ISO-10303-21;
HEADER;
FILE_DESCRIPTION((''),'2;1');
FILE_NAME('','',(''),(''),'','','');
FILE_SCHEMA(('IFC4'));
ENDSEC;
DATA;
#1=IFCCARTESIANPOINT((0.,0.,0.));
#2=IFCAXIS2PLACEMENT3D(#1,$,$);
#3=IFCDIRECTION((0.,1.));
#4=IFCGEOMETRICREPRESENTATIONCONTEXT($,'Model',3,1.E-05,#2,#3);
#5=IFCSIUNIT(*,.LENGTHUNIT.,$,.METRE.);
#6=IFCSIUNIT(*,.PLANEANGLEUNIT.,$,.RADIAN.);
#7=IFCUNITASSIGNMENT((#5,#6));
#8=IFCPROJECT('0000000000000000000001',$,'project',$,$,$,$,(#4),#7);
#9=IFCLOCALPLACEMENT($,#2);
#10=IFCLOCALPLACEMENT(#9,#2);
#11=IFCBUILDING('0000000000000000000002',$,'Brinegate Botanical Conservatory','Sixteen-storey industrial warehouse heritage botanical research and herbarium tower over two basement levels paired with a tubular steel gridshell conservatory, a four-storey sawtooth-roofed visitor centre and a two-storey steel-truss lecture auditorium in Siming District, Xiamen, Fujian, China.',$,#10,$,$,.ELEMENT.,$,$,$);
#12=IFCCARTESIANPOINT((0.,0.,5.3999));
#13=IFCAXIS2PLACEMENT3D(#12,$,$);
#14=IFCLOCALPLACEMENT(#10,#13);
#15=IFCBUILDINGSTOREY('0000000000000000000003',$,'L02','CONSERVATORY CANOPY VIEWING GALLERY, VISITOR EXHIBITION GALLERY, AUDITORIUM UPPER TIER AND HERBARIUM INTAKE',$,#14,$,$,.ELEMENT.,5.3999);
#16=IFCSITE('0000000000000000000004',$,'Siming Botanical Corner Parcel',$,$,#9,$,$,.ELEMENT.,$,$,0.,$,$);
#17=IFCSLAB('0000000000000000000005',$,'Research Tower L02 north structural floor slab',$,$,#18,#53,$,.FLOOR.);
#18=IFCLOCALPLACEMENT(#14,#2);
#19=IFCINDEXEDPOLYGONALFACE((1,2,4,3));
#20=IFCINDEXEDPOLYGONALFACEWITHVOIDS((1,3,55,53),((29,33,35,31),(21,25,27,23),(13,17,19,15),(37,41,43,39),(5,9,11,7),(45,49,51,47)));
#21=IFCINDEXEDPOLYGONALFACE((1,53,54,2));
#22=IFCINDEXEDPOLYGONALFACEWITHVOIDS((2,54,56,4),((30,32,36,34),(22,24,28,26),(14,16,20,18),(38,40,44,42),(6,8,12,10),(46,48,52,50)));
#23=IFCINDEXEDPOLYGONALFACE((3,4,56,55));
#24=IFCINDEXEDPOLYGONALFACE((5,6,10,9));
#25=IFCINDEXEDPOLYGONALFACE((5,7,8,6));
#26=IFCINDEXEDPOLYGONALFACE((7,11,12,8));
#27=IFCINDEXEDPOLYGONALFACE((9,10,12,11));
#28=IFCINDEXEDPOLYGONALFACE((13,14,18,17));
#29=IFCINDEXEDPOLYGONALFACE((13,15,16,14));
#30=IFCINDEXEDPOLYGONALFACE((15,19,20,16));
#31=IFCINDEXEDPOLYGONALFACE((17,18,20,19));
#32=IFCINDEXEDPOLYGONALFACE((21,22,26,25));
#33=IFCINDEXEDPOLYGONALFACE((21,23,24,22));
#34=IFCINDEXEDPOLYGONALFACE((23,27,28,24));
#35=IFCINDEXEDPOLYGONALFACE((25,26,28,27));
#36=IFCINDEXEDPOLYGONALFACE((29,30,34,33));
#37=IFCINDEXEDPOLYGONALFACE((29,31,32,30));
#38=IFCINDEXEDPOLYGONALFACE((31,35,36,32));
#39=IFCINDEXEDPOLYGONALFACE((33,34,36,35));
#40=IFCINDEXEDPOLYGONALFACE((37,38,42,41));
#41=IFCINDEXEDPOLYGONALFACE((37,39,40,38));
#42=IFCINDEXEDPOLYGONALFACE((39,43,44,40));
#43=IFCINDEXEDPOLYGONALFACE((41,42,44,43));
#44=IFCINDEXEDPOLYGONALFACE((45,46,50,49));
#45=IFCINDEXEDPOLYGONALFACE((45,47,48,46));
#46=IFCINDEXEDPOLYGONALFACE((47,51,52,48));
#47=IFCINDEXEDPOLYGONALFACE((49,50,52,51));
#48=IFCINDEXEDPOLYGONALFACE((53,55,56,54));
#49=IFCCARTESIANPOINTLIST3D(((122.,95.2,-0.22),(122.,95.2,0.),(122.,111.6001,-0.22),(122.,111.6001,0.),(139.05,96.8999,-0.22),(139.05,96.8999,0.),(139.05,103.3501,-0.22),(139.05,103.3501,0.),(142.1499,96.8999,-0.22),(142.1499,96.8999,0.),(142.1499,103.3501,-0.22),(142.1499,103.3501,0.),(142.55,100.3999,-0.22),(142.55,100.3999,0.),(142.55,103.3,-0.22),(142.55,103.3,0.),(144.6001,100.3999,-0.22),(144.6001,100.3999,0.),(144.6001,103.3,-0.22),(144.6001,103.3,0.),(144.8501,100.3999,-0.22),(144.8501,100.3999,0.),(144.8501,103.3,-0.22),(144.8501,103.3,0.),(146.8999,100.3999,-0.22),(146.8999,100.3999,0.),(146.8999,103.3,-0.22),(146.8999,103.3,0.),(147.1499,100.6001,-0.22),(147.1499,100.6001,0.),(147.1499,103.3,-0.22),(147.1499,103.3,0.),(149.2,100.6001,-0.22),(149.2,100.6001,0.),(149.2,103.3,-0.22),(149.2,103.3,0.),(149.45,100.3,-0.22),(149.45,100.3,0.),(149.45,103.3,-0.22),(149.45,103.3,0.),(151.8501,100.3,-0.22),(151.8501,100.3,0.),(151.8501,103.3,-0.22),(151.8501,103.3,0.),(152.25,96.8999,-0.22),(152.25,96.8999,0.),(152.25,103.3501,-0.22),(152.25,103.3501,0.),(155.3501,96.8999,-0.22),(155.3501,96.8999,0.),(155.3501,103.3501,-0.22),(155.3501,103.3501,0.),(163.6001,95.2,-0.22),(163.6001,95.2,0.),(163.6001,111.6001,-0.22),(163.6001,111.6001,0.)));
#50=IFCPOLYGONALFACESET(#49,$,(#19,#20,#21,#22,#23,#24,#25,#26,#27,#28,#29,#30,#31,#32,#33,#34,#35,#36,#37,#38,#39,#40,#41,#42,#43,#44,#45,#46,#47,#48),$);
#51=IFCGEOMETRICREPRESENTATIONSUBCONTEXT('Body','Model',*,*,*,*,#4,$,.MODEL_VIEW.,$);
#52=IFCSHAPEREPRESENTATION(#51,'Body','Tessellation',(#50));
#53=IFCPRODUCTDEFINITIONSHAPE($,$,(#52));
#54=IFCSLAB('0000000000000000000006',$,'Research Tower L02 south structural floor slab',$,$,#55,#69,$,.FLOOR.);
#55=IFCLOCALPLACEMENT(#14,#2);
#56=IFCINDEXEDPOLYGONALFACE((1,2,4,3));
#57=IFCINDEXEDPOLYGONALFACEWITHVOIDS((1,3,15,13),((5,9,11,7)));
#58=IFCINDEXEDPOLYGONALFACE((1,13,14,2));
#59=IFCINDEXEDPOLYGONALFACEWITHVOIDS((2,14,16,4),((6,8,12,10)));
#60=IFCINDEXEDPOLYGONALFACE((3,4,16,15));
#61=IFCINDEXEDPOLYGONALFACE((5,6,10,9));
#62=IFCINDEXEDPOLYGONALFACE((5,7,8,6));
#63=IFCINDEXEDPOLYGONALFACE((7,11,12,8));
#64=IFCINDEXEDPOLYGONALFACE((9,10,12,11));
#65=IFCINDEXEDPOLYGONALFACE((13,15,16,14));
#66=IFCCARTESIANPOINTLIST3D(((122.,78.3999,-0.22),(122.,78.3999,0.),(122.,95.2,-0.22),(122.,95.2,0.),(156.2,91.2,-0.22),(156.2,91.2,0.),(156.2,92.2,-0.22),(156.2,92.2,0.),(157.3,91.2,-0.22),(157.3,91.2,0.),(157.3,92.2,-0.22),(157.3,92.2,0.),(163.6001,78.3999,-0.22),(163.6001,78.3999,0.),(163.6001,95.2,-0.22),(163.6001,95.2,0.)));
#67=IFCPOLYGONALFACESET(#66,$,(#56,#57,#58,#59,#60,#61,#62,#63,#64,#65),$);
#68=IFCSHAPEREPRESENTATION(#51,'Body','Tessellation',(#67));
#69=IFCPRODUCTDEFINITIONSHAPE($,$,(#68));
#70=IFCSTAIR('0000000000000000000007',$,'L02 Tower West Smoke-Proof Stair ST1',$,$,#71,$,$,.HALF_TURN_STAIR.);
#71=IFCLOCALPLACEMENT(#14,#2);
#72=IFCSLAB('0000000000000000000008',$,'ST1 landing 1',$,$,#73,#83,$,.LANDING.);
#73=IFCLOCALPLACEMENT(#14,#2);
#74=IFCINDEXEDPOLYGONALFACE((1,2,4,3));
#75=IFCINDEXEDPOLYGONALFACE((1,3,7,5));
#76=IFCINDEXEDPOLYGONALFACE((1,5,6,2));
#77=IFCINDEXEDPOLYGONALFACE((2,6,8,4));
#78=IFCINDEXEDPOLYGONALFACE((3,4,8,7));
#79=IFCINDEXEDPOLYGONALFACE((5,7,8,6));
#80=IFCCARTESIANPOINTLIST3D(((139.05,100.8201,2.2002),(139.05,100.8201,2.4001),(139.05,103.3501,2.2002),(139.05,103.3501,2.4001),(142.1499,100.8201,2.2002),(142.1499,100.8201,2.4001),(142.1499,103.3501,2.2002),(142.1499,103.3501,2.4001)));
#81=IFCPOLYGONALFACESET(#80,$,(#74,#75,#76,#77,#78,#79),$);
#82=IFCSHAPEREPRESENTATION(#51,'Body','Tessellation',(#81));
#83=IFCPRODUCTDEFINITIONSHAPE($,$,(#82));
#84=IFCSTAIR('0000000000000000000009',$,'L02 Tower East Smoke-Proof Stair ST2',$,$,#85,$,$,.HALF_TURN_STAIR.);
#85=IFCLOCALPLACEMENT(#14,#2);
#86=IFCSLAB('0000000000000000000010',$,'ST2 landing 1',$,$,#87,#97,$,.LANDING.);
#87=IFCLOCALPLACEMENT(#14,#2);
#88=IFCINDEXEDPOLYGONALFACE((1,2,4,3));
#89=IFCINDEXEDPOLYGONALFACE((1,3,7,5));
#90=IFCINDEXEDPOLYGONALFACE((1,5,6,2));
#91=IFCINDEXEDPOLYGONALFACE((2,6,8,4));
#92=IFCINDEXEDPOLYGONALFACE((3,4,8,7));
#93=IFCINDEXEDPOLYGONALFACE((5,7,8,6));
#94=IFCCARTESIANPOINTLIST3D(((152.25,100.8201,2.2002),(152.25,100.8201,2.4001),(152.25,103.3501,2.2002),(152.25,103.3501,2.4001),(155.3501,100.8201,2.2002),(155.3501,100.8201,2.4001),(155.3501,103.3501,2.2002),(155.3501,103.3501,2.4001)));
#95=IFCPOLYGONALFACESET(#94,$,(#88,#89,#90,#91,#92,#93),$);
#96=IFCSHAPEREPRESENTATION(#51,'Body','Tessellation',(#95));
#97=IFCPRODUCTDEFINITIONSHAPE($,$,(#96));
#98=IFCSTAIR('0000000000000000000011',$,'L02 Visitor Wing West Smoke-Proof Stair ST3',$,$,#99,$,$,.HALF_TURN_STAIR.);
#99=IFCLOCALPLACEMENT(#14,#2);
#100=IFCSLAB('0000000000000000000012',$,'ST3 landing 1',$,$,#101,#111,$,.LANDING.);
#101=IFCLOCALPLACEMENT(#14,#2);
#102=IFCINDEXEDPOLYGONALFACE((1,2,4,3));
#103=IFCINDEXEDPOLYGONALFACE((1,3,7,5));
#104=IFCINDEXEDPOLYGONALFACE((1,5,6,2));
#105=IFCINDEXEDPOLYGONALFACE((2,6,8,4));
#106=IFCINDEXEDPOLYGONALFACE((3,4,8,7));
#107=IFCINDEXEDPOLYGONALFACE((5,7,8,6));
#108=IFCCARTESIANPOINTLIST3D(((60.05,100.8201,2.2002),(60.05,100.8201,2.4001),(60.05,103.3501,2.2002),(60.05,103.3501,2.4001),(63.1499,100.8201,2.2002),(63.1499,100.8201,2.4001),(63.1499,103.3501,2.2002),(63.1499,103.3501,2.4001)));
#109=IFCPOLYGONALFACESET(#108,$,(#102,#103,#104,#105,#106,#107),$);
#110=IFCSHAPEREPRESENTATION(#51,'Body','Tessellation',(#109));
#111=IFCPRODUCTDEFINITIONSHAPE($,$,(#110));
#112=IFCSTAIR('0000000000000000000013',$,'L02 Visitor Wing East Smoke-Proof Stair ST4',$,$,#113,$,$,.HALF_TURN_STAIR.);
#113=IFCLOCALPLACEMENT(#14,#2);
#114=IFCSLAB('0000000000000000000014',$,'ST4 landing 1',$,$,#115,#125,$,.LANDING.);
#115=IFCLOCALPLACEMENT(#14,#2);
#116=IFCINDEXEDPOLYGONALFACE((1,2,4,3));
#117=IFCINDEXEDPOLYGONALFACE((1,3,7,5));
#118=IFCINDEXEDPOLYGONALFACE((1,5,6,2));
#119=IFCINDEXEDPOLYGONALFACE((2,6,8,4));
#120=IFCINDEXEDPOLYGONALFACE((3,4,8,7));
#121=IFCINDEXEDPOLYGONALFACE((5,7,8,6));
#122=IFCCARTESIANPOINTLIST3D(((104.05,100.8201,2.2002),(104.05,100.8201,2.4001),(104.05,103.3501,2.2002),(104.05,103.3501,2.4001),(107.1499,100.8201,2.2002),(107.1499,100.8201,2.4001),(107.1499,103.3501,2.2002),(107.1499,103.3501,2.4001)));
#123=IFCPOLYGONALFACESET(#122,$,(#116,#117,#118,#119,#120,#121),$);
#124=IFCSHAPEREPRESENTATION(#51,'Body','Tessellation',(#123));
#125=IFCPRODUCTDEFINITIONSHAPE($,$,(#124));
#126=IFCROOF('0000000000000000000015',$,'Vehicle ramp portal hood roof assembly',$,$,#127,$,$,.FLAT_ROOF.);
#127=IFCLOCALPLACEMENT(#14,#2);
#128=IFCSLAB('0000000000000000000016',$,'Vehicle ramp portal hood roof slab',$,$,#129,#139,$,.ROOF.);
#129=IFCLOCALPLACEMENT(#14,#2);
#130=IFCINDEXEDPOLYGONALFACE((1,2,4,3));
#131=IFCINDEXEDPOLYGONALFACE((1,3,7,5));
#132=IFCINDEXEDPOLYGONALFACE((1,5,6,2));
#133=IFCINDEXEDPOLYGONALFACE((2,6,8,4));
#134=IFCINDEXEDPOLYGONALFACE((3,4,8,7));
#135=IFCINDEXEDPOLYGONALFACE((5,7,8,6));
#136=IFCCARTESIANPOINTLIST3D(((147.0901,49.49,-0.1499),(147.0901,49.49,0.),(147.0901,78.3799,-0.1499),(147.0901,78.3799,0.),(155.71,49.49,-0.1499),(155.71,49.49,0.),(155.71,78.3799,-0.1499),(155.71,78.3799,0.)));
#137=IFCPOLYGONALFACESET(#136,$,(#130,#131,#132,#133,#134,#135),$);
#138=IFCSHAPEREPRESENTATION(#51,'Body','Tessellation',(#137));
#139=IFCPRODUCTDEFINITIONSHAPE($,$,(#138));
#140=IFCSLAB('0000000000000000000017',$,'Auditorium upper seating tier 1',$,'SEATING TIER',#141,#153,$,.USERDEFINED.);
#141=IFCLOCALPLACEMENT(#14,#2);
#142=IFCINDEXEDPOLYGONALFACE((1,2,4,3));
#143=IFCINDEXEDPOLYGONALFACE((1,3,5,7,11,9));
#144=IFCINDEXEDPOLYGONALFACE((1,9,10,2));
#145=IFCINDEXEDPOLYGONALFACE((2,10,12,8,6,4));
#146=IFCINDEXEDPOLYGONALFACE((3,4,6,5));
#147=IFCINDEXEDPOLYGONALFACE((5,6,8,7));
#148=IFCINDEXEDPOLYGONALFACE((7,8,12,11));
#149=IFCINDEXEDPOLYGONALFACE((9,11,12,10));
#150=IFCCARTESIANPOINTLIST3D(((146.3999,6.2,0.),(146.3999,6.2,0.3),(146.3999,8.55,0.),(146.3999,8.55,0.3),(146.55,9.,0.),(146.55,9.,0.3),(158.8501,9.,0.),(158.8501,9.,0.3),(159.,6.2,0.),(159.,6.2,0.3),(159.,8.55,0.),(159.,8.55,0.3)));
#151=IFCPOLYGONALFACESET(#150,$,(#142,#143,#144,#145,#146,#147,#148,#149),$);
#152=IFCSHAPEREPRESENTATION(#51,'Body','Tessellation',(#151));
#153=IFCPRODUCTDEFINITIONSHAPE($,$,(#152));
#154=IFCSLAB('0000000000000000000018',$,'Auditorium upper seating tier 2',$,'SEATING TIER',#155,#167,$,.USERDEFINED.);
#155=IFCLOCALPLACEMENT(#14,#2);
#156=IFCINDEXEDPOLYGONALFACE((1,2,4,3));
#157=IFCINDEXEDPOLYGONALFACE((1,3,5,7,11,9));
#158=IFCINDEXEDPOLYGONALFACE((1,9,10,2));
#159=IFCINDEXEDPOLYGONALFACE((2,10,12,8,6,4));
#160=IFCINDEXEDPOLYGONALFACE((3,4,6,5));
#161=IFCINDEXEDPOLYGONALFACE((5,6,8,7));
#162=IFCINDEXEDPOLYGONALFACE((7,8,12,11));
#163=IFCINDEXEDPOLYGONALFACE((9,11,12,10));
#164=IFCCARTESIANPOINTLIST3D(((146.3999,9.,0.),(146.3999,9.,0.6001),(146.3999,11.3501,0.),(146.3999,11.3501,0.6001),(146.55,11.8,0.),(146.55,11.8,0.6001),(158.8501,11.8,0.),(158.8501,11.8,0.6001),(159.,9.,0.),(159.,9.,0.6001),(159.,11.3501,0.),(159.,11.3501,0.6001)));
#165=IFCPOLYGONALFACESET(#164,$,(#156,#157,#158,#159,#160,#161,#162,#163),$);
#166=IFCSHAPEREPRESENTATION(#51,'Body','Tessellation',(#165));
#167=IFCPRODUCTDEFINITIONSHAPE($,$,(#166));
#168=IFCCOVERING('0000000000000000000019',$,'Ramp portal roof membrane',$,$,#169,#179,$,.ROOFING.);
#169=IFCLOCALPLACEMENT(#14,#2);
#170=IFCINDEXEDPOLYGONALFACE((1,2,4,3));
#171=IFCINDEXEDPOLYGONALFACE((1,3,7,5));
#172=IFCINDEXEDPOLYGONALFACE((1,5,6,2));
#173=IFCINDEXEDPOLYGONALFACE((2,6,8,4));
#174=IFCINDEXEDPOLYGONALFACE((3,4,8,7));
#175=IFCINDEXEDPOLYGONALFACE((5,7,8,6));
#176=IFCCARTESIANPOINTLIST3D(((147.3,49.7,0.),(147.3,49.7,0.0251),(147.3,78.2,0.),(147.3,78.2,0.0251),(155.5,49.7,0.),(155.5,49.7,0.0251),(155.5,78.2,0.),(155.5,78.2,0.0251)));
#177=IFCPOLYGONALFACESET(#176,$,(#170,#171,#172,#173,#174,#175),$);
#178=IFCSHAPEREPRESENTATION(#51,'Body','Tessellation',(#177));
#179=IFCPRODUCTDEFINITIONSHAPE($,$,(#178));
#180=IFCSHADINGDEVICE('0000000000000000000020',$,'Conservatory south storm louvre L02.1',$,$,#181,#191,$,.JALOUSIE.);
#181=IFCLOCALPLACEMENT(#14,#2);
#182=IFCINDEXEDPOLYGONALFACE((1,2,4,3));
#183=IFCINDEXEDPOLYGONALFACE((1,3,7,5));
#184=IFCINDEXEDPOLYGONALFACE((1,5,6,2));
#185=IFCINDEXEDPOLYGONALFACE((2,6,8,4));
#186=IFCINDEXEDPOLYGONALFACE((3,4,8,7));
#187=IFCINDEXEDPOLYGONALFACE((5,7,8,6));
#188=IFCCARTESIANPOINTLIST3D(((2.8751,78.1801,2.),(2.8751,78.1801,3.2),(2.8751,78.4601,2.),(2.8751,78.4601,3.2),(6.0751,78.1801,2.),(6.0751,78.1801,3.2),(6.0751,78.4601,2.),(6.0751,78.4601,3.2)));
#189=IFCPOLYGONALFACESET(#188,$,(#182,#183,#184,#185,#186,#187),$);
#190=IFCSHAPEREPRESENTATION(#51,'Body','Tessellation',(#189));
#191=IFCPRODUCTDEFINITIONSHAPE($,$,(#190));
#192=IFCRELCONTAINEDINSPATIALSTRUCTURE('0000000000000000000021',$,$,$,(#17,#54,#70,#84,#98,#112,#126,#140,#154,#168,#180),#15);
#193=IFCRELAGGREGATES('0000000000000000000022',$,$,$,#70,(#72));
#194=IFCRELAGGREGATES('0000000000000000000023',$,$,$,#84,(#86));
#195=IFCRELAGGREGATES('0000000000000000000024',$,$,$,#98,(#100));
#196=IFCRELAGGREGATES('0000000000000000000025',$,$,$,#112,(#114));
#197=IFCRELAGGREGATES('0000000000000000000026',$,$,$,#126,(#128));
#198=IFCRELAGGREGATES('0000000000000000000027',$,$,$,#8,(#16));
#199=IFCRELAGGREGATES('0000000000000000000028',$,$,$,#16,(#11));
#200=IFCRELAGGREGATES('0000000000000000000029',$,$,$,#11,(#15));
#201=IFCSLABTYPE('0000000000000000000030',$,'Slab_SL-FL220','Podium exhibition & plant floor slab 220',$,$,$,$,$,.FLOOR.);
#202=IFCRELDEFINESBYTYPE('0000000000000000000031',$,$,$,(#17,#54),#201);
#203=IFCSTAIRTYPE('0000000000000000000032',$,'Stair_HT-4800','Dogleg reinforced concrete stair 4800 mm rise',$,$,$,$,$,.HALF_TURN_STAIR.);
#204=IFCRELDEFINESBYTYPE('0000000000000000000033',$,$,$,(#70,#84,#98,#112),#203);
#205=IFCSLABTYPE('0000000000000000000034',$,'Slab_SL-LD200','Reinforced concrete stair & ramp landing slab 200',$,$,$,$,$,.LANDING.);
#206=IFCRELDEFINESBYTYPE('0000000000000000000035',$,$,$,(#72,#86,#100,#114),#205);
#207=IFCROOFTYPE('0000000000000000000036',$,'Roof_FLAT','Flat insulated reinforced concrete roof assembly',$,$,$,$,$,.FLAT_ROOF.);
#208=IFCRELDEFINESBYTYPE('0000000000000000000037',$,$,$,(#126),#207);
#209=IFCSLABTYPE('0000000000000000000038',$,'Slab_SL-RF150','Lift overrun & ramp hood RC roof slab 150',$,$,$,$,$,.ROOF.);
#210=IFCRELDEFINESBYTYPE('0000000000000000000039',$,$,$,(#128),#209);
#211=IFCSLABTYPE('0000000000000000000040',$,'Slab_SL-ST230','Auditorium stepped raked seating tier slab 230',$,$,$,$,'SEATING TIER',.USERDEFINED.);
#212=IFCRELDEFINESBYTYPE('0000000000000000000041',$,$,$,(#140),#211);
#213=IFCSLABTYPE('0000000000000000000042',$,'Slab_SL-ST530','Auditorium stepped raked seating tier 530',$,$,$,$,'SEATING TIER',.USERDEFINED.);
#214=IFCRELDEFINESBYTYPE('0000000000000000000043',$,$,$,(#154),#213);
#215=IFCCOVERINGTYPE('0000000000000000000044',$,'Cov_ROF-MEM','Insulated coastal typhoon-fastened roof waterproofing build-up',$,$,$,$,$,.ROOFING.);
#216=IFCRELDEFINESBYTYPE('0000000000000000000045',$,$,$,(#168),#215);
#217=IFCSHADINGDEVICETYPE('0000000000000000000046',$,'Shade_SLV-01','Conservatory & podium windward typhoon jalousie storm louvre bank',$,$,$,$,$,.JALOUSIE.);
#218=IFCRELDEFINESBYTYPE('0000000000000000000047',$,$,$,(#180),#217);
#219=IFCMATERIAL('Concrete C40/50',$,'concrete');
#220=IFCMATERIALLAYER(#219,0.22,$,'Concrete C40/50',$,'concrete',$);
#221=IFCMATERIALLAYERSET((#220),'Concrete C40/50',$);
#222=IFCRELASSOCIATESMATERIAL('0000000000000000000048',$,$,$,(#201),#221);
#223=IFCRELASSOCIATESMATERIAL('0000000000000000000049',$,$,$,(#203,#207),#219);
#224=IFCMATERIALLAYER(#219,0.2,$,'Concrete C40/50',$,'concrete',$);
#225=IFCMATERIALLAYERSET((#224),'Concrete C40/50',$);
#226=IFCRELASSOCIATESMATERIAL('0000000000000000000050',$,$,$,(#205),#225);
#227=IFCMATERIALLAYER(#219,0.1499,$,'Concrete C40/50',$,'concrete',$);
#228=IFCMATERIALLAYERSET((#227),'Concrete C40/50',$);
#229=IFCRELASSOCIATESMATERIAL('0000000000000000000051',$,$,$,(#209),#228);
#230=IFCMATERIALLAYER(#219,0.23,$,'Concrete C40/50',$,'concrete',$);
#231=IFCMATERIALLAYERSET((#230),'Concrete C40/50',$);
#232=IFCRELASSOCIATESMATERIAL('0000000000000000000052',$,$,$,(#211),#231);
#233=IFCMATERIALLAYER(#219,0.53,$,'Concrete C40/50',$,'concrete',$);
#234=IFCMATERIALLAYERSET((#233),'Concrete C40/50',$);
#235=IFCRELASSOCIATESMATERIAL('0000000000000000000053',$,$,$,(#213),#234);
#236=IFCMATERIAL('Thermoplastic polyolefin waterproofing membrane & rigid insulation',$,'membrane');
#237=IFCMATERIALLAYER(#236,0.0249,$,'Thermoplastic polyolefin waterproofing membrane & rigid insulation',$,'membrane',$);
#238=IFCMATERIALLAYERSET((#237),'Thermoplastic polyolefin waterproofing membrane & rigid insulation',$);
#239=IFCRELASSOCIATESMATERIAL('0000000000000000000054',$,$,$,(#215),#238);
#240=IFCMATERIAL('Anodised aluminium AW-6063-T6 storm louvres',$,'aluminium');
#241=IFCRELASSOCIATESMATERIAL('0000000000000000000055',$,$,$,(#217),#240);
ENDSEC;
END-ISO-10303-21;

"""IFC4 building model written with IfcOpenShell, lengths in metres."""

from ifc_helpers import new_model, si_unit, direction, frame, origin, origin_2d, place, context, subcontext, project, spatial, polyline, rectangle, outline, extrude, material, layer, layer_set, type_object, element, aggregate, save


model = new_model("IFC4")

# Units and contexts
model_context = context("Model", 3, precision=1e-05, world=origin(), true_north=direction((0.0, 1.0)))
body_context = subcontext(model_context, "Body", "Model", "MODEL_VIEW")
ifc_project = project(units=[si_unit("LENGTHUNIT", "METRE"), si_unit("PLANEANGLEUNIT", "RADIAN")], contexts=[model_context])

# Site, building, storey
site_placement = place(None, origin())
site = spatial("IfcSite", under=ifc_project, at=site_placement, Name="Siming Botanical Corner Parcel", CompositionType="ELEMENT", RefElevation=0.0)
building_placement = place(site_placement, origin())
building = spatial("IfcBuilding", under=site, at=building_placement, Name="Brinegate Botanical Conservatory", Description="Sixteen-storey industrial warehouse heritage botanical research and herbarium tower over two basement levels paired with a tubular steel gridshell conservatory, a four-storey sawtooth-roofed visitor centre and a two-storey steel-truss lecture auditorium in Siming District, Xiamen, Fujian, China.", CompositionType="ELEMENT")
storey_placement = place(building_placement, frame((0.0, 0.0, 5.3999)))
storey = spatial("IfcBuildingStorey", under=building, at=storey_placement, Name="L02", Description="CONSERVATORY CANOPY VIEWING GALLERY, VISITOR EXHIBITION GALLERY, AUDITORIUM UPPER TIER AND HERBARIUM INTAKE", CompositionType="ELEMENT", Elevation=5.3999)

# Shared definitions
ifc_material_1 = material(Name="Concrete C40/50", Category="concrete")

# Slabs
ifc_layer_1 = layer(ifc_material_1, 0.22, Name="Concrete C40/50", Category="concrete")
ifc_layer_set_1 = layer_set([ifc_layer_1], Name="Concrete C40/50")
slab_type_1 = type_object("IfcSlabType", Name="Slab_SL-FL220", Description="Podium exhibition & plant floor slab 220", PredefinedType="FLOOR", material=ifc_layer_set_1)
slab_1_placement = place(storey_placement, frame((0.0, 0.0, -0.22)))
element("IfcSlab", 1, at=slab_1_placement, inside=storey, type_object=slab_type_1, Name="Research Tower L02 north structural floor slab", PredefinedType="FLOOR", context=body_context, shape_type="SweptSolid", body=[
    extrude(outline(polyline([(122.0, 111.6001), (163.6001, 111.6001), (163.6001, 95.2), (122.0, 95.2), (122.0, 111.6001)]), holes=[polyline([(142.1499, 96.8999), (142.1499, 103.3501), (139.05, 103.3501), (139.05, 96.8999), (142.1499, 96.8999)]), polyline([(155.3501, 96.8999), (155.3501, 103.3501), (152.25, 103.3501), (152.25, 96.8999), (155.3501, 96.8999)]), polyline([(142.55, 100.3999), (144.6001, 100.3999), (144.6001, 103.3), (142.55, 103.3), (142.55, 100.3999)]), polyline([(144.8501, 100.3999), (146.8999, 100.3999), (146.8999, 103.3), (144.8501, 103.3), (144.8501, 100.3999)]), polyline([(147.1499, 100.6001), (149.2, 100.6001), (149.2, 103.3), (147.1499, 103.3), (147.1499, 100.6001)]), polyline([(149.45, 100.3), (151.8501, 100.3), (151.8501, 103.3), (149.45, 103.3), (149.45, 100.3)])]), origin(), (0.0, 0.0, 1.0), 0.22),
])
slab_2_placement = place(storey_placement, frame((0.0, 0.0, -0.22)))
element("IfcSlab", 2, at=slab_2_placement, inside=storey, type_object=slab_type_1, Name="Research Tower L02 south structural floor slab", PredefinedType="FLOOR", context=body_context, shape_type="SweptSolid", body=[
    extrude(outline(polyline([(163.6001, 78.3999), (122.0, 78.3999), (122.0, 95.2), (163.6001, 95.2), (163.6001, 78.3999)]), holes=[polyline([(156.2, 91.2), (157.3, 91.2), (157.3, 92.2), (156.2, 92.2), (156.2, 91.2)])]), origin(), (0.0, 0.0, 1.0), 0.22),
])

# Stairs, slabs
stair_type = type_object("IfcStairType", Name="Stair_HT-4800", Description="Dogleg reinforced concrete stair 4800 mm rise", PredefinedType="HALF_TURN_STAIR", material=ifc_material_1)
stair_1_placement = place(storey_placement, origin())
stair_1 = element("IfcStair", 3, at=stair_1_placement, inside=storey, type_object=stair_type, Name="L02 Tower West Smoke-Proof Stair ST1", PredefinedType="HALF_TURN_STAIR")
ifc_layer_2 = layer(ifc_material_1, 0.2, Name="Concrete C40/50", Category="concrete")
ifc_layer_set_2 = layer_set([ifc_layer_2], Name="Concrete C40/50")
slab_type_2 = type_object("IfcSlabType", Name="Slab_SL-LD200", Description="Reinforced concrete stair & ramp landing slab 200", PredefinedType="LANDING", material=ifc_layer_set_2)
slab_3_placement = place(storey_placement, frame((0.0, 0.0, 2.2002)))
slab_3 = element("IfcSlab", 4, at=slab_3_placement, type_object=slab_type_2, Name="ST1 landing 1", PredefinedType="LANDING", context=body_context, shape_type="SweptSolid", body=[
    extrude(outline(polyline([(142.1499, 100.8201), (142.1499, 103.3501), (139.05, 103.3501), (139.05, 100.8201), (142.1499, 100.8201)])), origin(), (0.0, 0.0, 1.0), 0.2),
])
aggregate(stair_1, [slab_3])
stair_2_placement = place(storey_placement, origin())
stair_2 = element("IfcStair", 5, at=stair_2_placement, inside=storey, type_object=stair_type, Name="L02 Tower East Smoke-Proof Stair ST2", PredefinedType="HALF_TURN_STAIR")
slab_4_placement = place(storey_placement, frame((0.0, 0.0, 2.2002)))
slab_4 = element("IfcSlab", 6, at=slab_4_placement, type_object=slab_type_2, Name="ST2 landing 1", PredefinedType="LANDING", context=body_context, shape_type="SweptSolid", body=[
    extrude(outline(polyline([(155.3501, 100.8201), (155.3501, 103.3501), (152.25, 103.3501), (152.25, 100.8201), (155.3501, 100.8201)])), origin(), (0.0, 0.0, 1.0), 0.2),
])
aggregate(stair_2, [slab_4])
stair_3_placement = place(storey_placement, origin())
stair_3 = element("IfcStair", 7, at=stair_3_placement, inside=storey, type_object=stair_type, Name="L02 Visitor Wing West Smoke-Proof Stair ST3", PredefinedType="HALF_TURN_STAIR")
slab_5_placement = place(storey_placement, frame((0.0, 0.0, 2.2002)))
slab_5 = element("IfcSlab", 8, at=slab_5_placement, type_object=slab_type_2, Name="ST3 landing 1", PredefinedType="LANDING", context=body_context, shape_type="SweptSolid", body=[
    extrude(outline(polyline([(63.1499, 100.8201), (63.1499, 103.3501), (60.05, 103.3501), (60.05, 100.8201), (63.1499, 100.8201)])), origin(), (0.0, 0.0, 1.0), 0.2),
])
aggregate(stair_3, [slab_5])
stair_4_placement = place(storey_placement, origin())
stair_4 = element("IfcStair", 9, at=stair_4_placement, inside=storey, type_object=stair_type, Name="L02 Visitor Wing East Smoke-Proof Stair ST4", PredefinedType="HALF_TURN_STAIR")
slab_6_placement = place(storey_placement, frame((0.0, 0.0, 2.2002)))
slab_6 = element("IfcSlab", 10, at=slab_6_placement, type_object=slab_type_2, Name="ST4 landing 1", PredefinedType="LANDING", context=body_context, shape_type="SweptSolid", body=[
    extrude(outline(polyline([(107.1499, 100.8201), (107.1499, 103.3501), (104.05, 103.3501), (104.05, 100.8201), (107.1499, 100.8201)])), origin(), (0.0, 0.0, 1.0), 0.2),
])
aggregate(stair_4, [slab_6])

# Roof, slab
roof_type = type_object("IfcRoofType", Name="Roof_FLAT", Description="Flat insulated reinforced concrete roof assembly", PredefinedType="FLAT_ROOF", material=ifc_material_1)
roof_placement = place(storey_placement, origin())
roof = element("IfcRoof", 11, at=roof_placement, inside=storey, type_object=roof_type, Name="Vehicle ramp portal hood roof assembly", PredefinedType="FLAT_ROOF")
ifc_layer_3 = layer(ifc_material_1, 0.1499, Name="Concrete C40/50", Category="concrete")
ifc_layer_set_3 = layer_set([ifc_layer_3], Name="Concrete C40/50")
slab_type_3 = type_object("IfcSlabType", Name="Slab_SL-RF150", Description="Lift overrun & ramp hood RC roof slab 150", PredefinedType="ROOF", material=ifc_layer_set_3)
slab_7_placement = place(storey_placement, frame((0.0, 0.0, -0.1499)))
slab_7 = element("IfcSlab", 12, at=slab_7_placement, type_object=slab_type_3, Name="Vehicle ramp portal hood roof slab", PredefinedType="ROOF", context=body_context, shape_type="SweptSolid", body=[
    extrude(outline(polyline([(147.0901, 49.49), (155.71, 49.49), (155.71, 78.3799), (147.0901, 78.3799), (147.0901, 49.49)])), origin(), (0.0, 0.0, 1.0), 0.1499),
])
aggregate(roof, [slab_7])

# Slabs
ifc_layer_4 = layer(ifc_material_1, 0.23, Name="Concrete C40/50", Category="concrete")
ifc_layer_set_4 = layer_set([ifc_layer_4], Name="Concrete C40/50")
slab_type_4 = type_object("IfcSlabType", Name="Slab_SL-ST230", Description="Auditorium stepped raked seating tier slab 230", ElementType="SEATING TIER", PredefinedType="USERDEFINED", material=ifc_layer_set_4)
slab_8_placement = place(storey_placement, origin())
element("IfcSlab", 13, at=slab_8_placement, inside=storey, type_object=slab_type_4, Name="Auditorium upper seating tier 1", ObjectType="SEATING TIER", PredefinedType="USERDEFINED", context=body_context, shape_type="SweptSolid", body=[
    extrude(outline(polyline([(146.3999, 6.2), (159.0, 6.2), (159.0, 8.55), (158.8501, 9.0), (146.55, 9.0), (146.3999, 8.55), (146.3999, 6.2)])), origin(), (0.0, 0.0, 1.0), 0.3),
])
ifc_layer_5 = layer(ifc_material_1, 0.53, Name="Concrete C40/50", Category="concrete")
ifc_layer_set_5 = layer_set([ifc_layer_5], Name="Concrete C40/50")
slab_type_5 = type_object("IfcSlabType", Name="Slab_SL-ST530", Description="Auditorium stepped raked seating tier 530", ElementType="SEATING TIER", PredefinedType="USERDEFINED", material=ifc_layer_set_5)
slab_9_placement = place(storey_placement, origin())
element("IfcSlab", 14, at=slab_9_placement, inside=storey, type_object=slab_type_5, Name="Auditorium upper seating tier 2", ObjectType="SEATING TIER", PredefinedType="USERDEFINED", context=body_context, shape_type="SweptSolid", body=[
    extrude(outline(polyline([(146.3999, 9.0), (159.0, 9.0), (159.0, 11.3501), (158.8501, 11.8), (146.55, 11.8), (146.3999, 11.3501), (146.3999, 9.0)])), origin(), (0.0, 0.0, 1.0), 0.6001),
])

# Covering
ifc_material_2 = material(Name="Thermoplastic polyolefin waterproofing membrane & rigid insulation", Category="membrane")
ifc_layer_6 = layer(ifc_material_2, 0.0249, Name="Thermoplastic polyolefin waterproofing membrane & rigid insulation", Category="membrane")
ifc_layer_set_6 = layer_set([ifc_layer_6], Name="Thermoplastic polyolefin waterproofing membrane & rigid insulation")
covering_type = type_object("IfcCoveringType", Name="Cov_ROF-MEM", Description="Insulated coastal typhoon-fastened roof waterproofing build-up", PredefinedType="ROOFING", material=ifc_layer_set_6)
covering_placement = place(storey_placement, origin())
element("IfcCovering", 15, at=covering_placement, inside=storey, type_object=covering_type, Name="Ramp portal roof membrane", PredefinedType="ROOFING", context=body_context, shape_type="SweptSolid", body=[
    extrude(outline(polyline([(147.3, 49.7), (155.5, 49.7), (155.5, 78.2), (147.3, 78.2), (147.3, 49.7)])), origin(), (0.0, 0.0, 1.0), 0.0251),
])

# Shading device
ifc_material_3 = material(Name="Anodised aluminium AW-6063-T6 storm louvres", Category="aluminium")
shading_device_type = type_object("IfcShadingDeviceType", Name="Shade_SLV-01", Description="Conservatory & podium windward typhoon jalousie storm louvre bank", PredefinedType="JALOUSIE", material=ifc_material_3)
for number, where, z_axis, x_axis, name in (
    (16, (4.4751, 78.3201, 2.0), (0.0, 0.0, 1.0), (1.0, 0.0, 0.0), "Conservatory south storm louvre L02.1"),
):
    element("IfcShadingDevice", number, at=place(storey_placement, frame(where, z_axis=z_axis, x_axis=x_axis)), inside=storey, type_object=shading_device_type, Name=name, PredefinedType="JALOUSIE", context=body_context, shape_type="SweptSolid", body=[
        extrude(rectangle(XDim=3.2, YDim=0.28, at=origin_2d()), origin(), (0.0, 0.0, 1.0), 1.2),
    ])

save(model, "model.ifc")
